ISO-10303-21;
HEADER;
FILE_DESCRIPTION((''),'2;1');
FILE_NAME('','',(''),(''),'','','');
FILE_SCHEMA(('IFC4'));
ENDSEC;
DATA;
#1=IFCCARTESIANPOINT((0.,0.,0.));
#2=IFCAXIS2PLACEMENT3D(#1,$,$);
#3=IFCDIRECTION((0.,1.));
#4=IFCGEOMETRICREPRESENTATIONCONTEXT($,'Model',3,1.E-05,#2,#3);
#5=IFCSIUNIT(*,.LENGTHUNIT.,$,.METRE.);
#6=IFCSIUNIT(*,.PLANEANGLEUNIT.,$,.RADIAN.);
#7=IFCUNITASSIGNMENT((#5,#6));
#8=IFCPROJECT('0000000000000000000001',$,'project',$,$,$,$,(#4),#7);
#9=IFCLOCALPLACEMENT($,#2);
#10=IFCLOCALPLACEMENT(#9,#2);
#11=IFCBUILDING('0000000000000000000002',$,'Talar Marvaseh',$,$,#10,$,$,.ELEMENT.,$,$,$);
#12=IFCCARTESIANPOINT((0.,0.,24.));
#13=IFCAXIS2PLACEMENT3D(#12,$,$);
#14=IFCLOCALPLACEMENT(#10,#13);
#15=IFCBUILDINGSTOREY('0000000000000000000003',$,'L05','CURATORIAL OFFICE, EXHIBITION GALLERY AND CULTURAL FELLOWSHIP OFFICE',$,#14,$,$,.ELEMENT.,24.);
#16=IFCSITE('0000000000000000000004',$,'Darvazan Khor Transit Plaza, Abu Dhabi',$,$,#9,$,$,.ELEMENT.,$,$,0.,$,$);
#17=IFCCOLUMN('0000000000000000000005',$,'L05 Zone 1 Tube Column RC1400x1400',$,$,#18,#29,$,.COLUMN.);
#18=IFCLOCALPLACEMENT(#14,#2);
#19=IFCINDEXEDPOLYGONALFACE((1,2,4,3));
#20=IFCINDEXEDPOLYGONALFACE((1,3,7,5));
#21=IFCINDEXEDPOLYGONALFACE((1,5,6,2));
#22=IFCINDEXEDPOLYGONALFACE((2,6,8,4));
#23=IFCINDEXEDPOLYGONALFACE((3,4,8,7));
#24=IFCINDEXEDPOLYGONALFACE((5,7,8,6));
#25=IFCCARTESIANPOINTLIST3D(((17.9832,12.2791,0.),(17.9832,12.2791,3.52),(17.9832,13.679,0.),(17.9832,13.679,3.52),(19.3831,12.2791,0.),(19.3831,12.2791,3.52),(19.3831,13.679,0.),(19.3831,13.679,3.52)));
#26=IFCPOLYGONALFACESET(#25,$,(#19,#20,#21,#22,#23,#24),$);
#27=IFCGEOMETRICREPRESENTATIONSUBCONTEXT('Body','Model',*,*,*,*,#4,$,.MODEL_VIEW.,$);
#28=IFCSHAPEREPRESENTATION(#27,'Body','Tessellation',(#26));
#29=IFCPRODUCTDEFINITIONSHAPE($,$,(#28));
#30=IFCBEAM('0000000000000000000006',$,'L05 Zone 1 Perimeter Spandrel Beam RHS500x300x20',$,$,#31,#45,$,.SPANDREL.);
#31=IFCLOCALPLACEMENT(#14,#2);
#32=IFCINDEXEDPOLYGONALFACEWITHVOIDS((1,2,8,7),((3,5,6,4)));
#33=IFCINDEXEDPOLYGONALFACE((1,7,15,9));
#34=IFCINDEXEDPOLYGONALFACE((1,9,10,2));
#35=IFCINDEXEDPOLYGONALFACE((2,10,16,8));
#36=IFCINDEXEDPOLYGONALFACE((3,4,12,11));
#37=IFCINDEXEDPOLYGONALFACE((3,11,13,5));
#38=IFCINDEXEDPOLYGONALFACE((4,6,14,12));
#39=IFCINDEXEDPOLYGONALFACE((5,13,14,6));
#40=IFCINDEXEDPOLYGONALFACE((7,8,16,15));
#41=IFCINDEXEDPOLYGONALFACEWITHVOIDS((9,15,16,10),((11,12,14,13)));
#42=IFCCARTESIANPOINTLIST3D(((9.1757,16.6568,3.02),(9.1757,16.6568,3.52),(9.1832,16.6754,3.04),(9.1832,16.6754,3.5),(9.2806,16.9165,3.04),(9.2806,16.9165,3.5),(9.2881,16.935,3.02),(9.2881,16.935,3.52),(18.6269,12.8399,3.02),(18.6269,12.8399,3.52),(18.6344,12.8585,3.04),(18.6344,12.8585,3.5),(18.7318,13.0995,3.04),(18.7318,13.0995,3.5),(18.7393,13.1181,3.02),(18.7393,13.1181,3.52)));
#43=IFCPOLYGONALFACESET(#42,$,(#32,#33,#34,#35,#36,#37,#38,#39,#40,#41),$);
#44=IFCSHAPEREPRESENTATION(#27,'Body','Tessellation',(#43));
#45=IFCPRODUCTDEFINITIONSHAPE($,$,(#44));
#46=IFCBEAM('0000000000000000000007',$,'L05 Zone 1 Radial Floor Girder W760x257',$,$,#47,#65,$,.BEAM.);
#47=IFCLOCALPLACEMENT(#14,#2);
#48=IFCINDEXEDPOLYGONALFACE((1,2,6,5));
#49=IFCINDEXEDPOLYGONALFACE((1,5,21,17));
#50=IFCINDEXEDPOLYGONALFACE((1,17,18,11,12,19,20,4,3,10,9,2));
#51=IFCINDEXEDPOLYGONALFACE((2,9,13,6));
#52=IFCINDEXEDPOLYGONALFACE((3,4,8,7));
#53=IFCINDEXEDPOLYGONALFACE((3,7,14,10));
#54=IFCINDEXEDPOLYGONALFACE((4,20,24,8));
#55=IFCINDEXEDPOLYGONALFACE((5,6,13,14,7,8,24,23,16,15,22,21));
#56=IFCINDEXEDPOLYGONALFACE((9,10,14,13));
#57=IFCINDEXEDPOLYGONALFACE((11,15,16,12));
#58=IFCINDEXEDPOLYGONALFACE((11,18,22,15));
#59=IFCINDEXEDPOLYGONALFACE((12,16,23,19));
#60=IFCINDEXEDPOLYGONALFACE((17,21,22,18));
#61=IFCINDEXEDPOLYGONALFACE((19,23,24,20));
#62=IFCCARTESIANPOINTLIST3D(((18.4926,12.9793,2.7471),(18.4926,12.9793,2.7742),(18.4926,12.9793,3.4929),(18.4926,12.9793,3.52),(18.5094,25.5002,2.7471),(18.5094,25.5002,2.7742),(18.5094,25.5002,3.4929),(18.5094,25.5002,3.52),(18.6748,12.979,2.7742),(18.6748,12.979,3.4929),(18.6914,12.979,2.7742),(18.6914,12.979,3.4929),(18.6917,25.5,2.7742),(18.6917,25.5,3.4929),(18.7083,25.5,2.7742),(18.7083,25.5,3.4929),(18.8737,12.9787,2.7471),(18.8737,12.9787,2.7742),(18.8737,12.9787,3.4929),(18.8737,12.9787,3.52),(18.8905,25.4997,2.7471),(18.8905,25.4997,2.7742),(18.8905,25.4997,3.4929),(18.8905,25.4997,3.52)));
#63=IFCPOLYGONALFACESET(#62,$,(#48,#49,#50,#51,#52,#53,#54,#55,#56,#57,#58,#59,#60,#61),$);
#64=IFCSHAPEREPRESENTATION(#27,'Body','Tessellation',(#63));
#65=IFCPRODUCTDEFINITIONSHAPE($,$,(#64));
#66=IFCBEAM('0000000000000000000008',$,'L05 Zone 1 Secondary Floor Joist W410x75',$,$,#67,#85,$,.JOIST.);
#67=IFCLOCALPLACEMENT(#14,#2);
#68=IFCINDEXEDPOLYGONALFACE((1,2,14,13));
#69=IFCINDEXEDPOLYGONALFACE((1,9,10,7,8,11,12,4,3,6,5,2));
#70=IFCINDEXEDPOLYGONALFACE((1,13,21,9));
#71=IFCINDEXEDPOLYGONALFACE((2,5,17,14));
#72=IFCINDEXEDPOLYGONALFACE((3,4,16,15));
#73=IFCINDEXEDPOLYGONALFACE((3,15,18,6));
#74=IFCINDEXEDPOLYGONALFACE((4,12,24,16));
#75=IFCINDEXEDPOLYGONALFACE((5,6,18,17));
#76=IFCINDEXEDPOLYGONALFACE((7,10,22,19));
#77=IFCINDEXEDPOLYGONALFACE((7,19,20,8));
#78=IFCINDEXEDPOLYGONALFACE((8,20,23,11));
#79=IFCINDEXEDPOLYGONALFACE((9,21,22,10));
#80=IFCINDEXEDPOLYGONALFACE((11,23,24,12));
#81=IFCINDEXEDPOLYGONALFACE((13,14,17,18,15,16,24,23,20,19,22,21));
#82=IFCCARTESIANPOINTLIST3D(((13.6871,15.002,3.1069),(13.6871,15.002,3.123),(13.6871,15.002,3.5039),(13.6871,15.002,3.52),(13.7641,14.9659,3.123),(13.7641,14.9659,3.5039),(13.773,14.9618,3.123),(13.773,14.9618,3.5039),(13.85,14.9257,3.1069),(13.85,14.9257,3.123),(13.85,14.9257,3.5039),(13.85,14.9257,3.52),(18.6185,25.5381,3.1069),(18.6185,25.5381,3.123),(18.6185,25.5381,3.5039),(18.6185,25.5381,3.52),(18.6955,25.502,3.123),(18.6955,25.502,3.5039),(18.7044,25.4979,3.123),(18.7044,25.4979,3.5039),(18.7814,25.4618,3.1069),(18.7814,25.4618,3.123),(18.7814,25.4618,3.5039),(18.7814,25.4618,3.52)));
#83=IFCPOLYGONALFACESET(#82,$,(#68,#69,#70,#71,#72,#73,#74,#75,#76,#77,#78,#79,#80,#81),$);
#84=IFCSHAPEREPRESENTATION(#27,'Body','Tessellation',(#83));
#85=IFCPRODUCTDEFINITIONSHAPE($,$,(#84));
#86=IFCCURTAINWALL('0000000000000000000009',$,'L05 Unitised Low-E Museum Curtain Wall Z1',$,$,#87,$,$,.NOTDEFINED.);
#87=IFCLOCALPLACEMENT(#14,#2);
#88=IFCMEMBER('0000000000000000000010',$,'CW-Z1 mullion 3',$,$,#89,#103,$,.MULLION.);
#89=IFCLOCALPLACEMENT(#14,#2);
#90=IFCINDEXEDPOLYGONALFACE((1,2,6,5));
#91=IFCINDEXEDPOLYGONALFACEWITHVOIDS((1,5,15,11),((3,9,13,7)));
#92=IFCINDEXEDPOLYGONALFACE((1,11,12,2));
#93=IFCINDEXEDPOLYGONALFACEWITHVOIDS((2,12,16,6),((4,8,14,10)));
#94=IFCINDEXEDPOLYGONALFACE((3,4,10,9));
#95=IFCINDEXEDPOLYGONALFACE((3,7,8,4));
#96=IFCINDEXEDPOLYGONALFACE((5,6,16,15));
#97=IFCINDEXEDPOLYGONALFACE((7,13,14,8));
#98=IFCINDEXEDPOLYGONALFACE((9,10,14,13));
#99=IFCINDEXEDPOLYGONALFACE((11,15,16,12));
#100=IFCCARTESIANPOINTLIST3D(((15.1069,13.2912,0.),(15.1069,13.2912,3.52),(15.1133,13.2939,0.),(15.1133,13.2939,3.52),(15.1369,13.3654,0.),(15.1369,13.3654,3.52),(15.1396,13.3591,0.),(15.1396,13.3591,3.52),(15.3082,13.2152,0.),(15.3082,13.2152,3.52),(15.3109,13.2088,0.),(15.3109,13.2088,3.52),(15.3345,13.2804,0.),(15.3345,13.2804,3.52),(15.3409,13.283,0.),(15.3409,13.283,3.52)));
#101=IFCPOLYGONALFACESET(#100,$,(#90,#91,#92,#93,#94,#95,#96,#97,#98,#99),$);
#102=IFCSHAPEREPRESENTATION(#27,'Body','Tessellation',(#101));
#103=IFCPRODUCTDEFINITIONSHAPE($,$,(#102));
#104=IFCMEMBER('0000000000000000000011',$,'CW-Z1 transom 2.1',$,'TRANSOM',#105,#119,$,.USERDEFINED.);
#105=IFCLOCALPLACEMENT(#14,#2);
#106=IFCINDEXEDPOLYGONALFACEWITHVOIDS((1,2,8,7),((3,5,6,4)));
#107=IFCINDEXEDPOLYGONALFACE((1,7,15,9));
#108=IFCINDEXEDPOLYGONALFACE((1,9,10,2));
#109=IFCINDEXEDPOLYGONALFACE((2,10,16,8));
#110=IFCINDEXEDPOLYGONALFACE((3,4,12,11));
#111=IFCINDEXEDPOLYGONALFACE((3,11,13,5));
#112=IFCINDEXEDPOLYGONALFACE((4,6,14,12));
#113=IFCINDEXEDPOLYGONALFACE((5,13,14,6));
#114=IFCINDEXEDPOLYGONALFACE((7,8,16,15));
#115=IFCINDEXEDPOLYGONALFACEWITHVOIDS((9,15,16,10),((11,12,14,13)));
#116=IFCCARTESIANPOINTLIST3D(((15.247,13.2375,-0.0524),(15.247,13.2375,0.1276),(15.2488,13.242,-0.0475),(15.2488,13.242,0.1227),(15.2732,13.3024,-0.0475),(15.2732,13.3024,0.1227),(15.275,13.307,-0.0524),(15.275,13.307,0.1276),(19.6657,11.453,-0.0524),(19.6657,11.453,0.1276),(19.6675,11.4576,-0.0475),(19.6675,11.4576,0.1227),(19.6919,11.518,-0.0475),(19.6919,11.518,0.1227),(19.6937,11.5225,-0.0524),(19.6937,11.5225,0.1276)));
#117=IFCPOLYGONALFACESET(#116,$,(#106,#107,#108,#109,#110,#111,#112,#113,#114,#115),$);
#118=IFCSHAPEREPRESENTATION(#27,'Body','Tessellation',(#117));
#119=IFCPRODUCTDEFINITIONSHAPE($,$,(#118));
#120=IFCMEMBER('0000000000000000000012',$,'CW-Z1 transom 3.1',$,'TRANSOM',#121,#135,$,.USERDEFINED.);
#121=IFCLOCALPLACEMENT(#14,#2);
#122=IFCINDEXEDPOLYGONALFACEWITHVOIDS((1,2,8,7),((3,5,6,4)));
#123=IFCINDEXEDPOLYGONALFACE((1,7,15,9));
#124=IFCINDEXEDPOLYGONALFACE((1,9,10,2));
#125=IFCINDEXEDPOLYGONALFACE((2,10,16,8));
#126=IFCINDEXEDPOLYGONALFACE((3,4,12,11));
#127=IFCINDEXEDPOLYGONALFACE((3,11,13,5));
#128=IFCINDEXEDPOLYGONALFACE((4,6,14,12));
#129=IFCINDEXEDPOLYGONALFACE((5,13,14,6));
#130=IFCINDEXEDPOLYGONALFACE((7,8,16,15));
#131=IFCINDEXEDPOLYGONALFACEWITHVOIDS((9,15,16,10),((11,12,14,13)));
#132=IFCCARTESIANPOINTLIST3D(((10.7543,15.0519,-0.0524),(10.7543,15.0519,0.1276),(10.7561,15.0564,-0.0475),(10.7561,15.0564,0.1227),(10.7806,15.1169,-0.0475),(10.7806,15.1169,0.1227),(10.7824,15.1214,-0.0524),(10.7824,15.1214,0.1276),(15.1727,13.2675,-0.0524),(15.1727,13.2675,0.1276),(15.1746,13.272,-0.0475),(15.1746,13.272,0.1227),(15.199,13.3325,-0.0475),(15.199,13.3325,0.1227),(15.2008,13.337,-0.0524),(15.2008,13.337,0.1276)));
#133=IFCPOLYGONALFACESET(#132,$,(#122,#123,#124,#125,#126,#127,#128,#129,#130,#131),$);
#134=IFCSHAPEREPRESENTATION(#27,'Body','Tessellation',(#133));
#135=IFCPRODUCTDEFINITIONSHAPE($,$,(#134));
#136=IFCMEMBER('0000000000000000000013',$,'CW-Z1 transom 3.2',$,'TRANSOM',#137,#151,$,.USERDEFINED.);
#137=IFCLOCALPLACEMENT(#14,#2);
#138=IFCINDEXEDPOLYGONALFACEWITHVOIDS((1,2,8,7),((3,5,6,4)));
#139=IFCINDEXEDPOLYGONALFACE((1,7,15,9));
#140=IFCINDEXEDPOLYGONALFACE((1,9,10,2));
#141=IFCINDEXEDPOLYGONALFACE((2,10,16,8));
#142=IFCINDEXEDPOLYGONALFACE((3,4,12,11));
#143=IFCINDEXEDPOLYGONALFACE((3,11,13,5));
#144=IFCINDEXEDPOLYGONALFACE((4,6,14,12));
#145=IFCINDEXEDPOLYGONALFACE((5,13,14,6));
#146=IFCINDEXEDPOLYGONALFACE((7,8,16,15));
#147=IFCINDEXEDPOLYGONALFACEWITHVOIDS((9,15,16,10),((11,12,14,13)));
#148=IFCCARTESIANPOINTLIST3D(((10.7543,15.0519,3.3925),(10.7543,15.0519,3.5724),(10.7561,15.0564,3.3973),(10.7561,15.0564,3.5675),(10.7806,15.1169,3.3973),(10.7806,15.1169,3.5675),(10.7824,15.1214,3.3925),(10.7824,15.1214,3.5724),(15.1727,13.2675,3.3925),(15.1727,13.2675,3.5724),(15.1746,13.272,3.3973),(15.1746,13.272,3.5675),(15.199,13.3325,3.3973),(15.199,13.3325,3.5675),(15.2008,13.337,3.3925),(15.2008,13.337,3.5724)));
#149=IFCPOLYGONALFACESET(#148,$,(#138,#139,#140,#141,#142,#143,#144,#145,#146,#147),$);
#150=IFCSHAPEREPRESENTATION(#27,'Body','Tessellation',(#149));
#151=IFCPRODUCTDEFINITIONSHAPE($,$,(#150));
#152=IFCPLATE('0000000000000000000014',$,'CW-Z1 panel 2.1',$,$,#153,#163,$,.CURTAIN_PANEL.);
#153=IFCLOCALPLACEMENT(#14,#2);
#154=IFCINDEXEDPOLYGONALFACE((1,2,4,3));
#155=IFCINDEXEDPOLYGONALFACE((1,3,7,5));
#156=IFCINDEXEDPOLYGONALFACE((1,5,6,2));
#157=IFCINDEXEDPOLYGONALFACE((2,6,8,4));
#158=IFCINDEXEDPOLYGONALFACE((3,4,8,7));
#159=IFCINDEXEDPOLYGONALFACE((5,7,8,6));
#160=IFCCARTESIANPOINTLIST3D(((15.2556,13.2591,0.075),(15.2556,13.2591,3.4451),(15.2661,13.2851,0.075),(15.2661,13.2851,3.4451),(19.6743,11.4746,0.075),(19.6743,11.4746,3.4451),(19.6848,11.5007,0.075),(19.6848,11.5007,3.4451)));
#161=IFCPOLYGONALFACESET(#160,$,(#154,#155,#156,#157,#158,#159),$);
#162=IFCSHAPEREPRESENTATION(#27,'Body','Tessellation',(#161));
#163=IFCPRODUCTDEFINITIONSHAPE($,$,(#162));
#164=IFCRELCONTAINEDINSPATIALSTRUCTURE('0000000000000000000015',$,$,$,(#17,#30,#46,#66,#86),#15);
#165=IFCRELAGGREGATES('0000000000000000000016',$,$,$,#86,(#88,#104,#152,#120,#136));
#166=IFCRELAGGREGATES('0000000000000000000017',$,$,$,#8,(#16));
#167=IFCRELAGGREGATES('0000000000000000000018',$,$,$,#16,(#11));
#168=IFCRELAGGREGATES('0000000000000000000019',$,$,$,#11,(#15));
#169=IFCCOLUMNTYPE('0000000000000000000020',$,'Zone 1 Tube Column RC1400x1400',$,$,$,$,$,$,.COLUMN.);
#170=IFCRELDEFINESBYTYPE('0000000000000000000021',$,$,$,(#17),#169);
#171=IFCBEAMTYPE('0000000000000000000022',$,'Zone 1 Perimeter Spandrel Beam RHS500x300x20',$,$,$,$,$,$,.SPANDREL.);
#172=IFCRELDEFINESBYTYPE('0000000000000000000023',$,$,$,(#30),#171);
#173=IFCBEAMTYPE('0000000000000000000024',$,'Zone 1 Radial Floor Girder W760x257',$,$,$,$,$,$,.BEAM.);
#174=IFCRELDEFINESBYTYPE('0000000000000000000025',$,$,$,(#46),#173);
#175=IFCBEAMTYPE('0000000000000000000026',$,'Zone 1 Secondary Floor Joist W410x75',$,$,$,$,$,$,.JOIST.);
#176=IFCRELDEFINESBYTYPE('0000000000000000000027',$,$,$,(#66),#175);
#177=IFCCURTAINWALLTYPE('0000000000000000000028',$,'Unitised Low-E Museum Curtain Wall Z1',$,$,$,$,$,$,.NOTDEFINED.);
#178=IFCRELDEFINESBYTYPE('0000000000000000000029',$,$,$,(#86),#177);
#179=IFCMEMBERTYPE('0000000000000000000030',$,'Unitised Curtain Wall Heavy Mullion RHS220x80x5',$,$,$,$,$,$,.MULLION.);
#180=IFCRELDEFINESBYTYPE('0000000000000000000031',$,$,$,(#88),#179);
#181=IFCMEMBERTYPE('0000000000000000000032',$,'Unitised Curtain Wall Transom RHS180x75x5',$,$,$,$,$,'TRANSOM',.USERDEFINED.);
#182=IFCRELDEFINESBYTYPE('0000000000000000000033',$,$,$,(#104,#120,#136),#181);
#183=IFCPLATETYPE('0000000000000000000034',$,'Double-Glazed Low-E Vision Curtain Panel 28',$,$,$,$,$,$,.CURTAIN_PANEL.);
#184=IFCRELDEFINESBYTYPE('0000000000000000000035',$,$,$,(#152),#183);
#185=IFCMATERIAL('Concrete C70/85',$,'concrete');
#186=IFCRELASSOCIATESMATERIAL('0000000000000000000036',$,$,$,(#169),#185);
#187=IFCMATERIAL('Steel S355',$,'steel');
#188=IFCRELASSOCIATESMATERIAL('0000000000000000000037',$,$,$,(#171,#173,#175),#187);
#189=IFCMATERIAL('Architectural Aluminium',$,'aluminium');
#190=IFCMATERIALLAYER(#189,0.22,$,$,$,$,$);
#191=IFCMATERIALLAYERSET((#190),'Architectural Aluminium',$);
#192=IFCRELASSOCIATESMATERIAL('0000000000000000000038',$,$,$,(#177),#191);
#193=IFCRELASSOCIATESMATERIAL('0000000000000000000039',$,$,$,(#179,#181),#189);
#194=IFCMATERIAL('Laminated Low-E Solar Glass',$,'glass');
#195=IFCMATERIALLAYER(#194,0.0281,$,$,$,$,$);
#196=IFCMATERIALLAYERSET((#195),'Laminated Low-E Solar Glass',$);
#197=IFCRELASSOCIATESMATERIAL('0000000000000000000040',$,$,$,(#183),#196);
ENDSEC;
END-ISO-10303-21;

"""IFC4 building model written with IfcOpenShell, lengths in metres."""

from ifc_helpers import new_model, si_unit, direction, frame, origin, origin_2d, place, context, subcontext, project, spatial, rectangle, hollow_rectangle, i_section, extrude, source, transform, mapped, material, layer, layer_set, material_profile, profile_set, type_object, type_shapes, element, aggregate, save


model = new_model("IFC4")

# Units and contexts
model_context = context("Model", 3, precision=1e-05, world=origin(), true_north=direction((0.0, 1.0)))
body_context = subcontext(model_context, "Body", "Model", "MODEL_VIEW")
ifc_project = project(units=[si_unit("LENGTHUNIT", "METRE"), si_unit("PLANEANGLEUNIT", "RADIAN")], contexts=[model_context])

# Site, building, storey
site_placement = place(None, origin())
site = spatial("IfcSite", under=ifc_project, at=site_placement, Name="Darvazan Khor Transit Plaza, Abu Dhabi", CompositionType="ELEMENT", RefElevation=0.0)
building_placement = place(site_placement, origin())
building = spatial("IfcBuilding", under=site, at=building_placement, Name="Talar Marvaseh", CompositionType="ELEMENT")
storey_placement = place(building_placement, frame((0.0, 0.0, 24.0)))
storey = spatial("IfcBuildingStorey", under=building, at=storey_placement, Name="L05", Description="CURATORIAL OFFICE, EXHIBITION GALLERY AND CULTURAL FELLOWSHIP OFFICE", CompositionType="ELEMENT", Elevation=24.0)

# Column
ifc_material_1 = material(Name="Concrete C70/85", Category="concrete")
ifc_material_profile_1 = material_profile(ifc_material_1, rectangle(XDim=1.3999, YDim=1.3999, at=origin_2d()), Name="RC1400x1400")
ifc_profile_set_1 = profile_set([ifc_material_profile_1], Name="Concrete C70/85")
column_type = type_object("IfcColumnType", Name="Zone 1 Tube Column RC1400x1400", PredefinedType="COLUMN", material=ifc_profile_set_1)
column_placement = place(storey_placement, frame((18.6831, 12.979, 0.0), z_axis=(0.0, 0.0, 1.0), x_axis=(1.0, 0.0, 0.0)))
element("IfcColumn", 1, at=column_placement, inside=storey, type_object=column_type, Name="L05 Zone 1 Tube Column RC1400x1400", PredefinedType="COLUMN", context=body_context, shape_type="SweptSolid", body=[
    extrude(rectangle(XDim=1.3999, YDim=1.3999, at=origin_2d()), origin(), (0.0, 0.0, 1.0), 3.52),
])

# Beams
ifc_material_2 = material(Name="Steel S355", Category="steel")
ifc_material_profile_2 = material_profile(ifc_material_2, hollow_rectangle(XDim=0.3, YDim=0.5, WallThickness=0.02, at=origin_2d()), Name="RHS500x300x20")
ifc_profile_set_2 = profile_set([ifc_material_profile_2], Name="Steel S355")
beam_type_1 = type_object("IfcBeamType", Name="Zone 1 Perimeter Spandrel Beam RHS500x300x20", PredefinedType="SPANDREL", material=ifc_profile_set_2)
beam_1_placement = place(storey_placement, frame((18.6831, 12.979, 3.27), z_axis=(-0.927239, 0.374469, 0.0), x_axis=(-0.374469, -0.927239, 0.0)))
element("IfcBeam", 2, at=beam_1_placement, inside=storey, type_object=beam_type_1, Name="L05 Zone 1 Perimeter Spandrel Beam RHS500x300x20", PredefinedType="SPANDREL", context=body_context, shape_type="SweptSolid", body=[
    extrude(hollow_rectangle(XDim=0.3, YDim=0.5, WallThickness=0.02, at=origin_2d()), origin(), (0.0, 0.0, 1.0), 10.1929),
])
ifc_material_profile_3 = material_profile(ifc_material_2, i_section(OverallWidth=0.3811, OverallDepth=0.7729, WebThickness=0.0166, FlangeThickness=0.0271, at=origin_2d()), Name="W760x257")
ifc_profile_set_3 = profile_set([ifc_material_profile_3], Name="Steel S355")
beam_type_2 = type_object("IfcBeamType", Name="Zone 1 Radial Floor Girder W760x257", PredefinedType="BEAM", material=ifc_profile_set_3)
beam_2_placement = place(storey_placement, frame((18.6831, 12.979, 3.1335), z_axis=(0.001345, 0.999999, 0.0), x_axis=(-0.999999, 0.001345, 0.0)))
element("IfcBeam", 3, at=beam_2_placement, inside=storey, type_object=beam_type_2, Name="L05 Zone 1 Radial Floor Girder W760x257", PredefinedType="BEAM", context=body_context, shape_type="SweptSolid", body=[
    extrude(i_section(OverallWidth=0.3811, OverallDepth=0.7729, WebThickness=0.0166, FlangeThickness=0.0271, at=origin_2d()), origin(), (0.0, 0.0, 1.0), 12.521),
])
ifc_material_profile_4 = material_profile(ifc_material_2, i_section(OverallWidth=0.1799, OverallDepth=0.4131, WebThickness=0.0098, FlangeThickness=0.0161, at=origin_2d()), Name="W410x75")
ifc_profile_set_4 = profile_set([ifc_material_profile_4], Name="Steel S355")
beam_type_3 = type_object("IfcBeamType", Name="Zone 1 Secondary Floor Joist W410x75", PredefinedType="JOIST", material=ifc_profile_set_4)
beam_3_placement = place(storey_placement, frame((13.7686, 14.9639, 3.3135), z_axis=(0.423911, 0.905704, 0.0), x_axis=(-0.905704, 0.423911, 0.0)))
element("IfcBeam", 4, at=beam_3_placement, inside=storey, type_object=beam_type_3, Name="L05 Zone 1 Secondary Floor Joist W410x75", PredefinedType="JOIST", context=body_context, shape_type="SweptSolid", body=[
    extrude(i_section(OverallWidth=0.1799, OverallDepth=0.4131, WebThickness=0.0098, FlangeThickness=0.0161, at=origin_2d()), origin(), (0.0, 0.0, 1.0), 11.6331),
])

# Curtain wall, members, plate
ifc_material_3 = material(Name="Architectural Aluminium", Category="aluminium")
ifc_layer_1 = layer(ifc_material_3, 0.22)
ifc_layer_set_1 = layer_set([ifc_layer_1], Name="Architectural Aluminium")
curtain_wall_type = type_object("IfcCurtainWallType", Name="Unitised Low-E Museum Curtain Wall Z1", PredefinedType="NOTDEFINED", material=ifc_layer_set_1)
curtain_wall_placement = place(storey_placement, origin())
curtain_wall = element("IfcCurtainWall", 5, at=curtain_wall_placement, inside=storey, type_object=curtain_wall_type, Name="L05 Unitised Low-E Museum Curtain Wall Z1", PredefinedType="NOTDEFINED")
ifc_material_profile_5 = material_profile(ifc_material_3, hollow_rectangle(XDim=0.0801, YDim=0.22, WallThickness=0.0049, at=origin_2d()), Name="RHS220x80x5")
ifc_profile_set_5 = profile_set([ifc_material_profile_5], Name="Architectural Aluminium")
member_type_1 = type_object("IfcMemberType", Name="Unitised Curtain Wall Heavy Mullion RHS220x80x5", PredefinedType="MULLION", material=ifc_profile_set_5)
shared_shape_1 = source(origin(), body_context, "Body", "SweptSolid", [
    extrude(hollow_rectangle(XDim=0.0801, YDim=0.22, WallThickness=0.0049, at=origin_2d()), origin(), (0.0, 0.0, 1.0), 3.52),
])
type_shapes(member_type_1, [shared_shape_1])
member_1_placement = place(storey_placement, frame((15.2239, 13.2871, 0.0), z_axis=(0.0, 0.0, 1.0), x_axis=(-0.374463, -0.927242, 0.0)))
member_1 = element("IfcMember", 6, at=member_1_placement, type_object=member_type_1, Name="CW-Z1 mullion 3", PredefinedType="MULLION", context=body_context, shape_type="MappedRepresentation", body=[
    mapped(shared_shape_1, transform((0.0, 0.0, 0.0), x_axis=(1.0, 0.0, 0.0), y_axis=(0.0, 1.0, 0.0), z_axis=(0.0, 0.0, 1.0), scale=1.0)),
])
ifc_material_profile_6 = material_profile(ifc_material_3, hollow_rectangle(XDim=0.075, YDim=0.1799, WallThickness=0.0049, at=origin_2d()), Name="RHS180x75x5")
ifc_profile_set_6 = profile_set([ifc_material_profile_6], Name="Architectural Aluminium")
member_type_2 = type_object("IfcMemberType", Name="Unitised Curtain Wall Transom RHS180x75x5", ElementType="TRANSOM", PredefinedType="USERDEFINED", material=ifc_profile_set_6)
shared_shape_2 = source(origin(), body_context, "Body", "SweptSolid", [
    extrude(hollow_rectangle(XDim=0.075, YDim=0.1799, WallThickness=0.0049, at=origin_2d()), origin(), (0.0, 0.0, 1.0), 4.7654),
])
member_2_placement = place(storey_placement, frame((19.6797, 11.4878, 0.0376), z_axis=(-0.927246, 0.374454, 0.0), x_axis=(-0.374454, -0.927246, 0.0)))
member_2 = element("IfcMember", 7, at=member_2_placement, type_object=member_type_2, Name="CW-Z1 transom 2.1", ObjectType="TRANSOM", PredefinedType="USERDEFINED", context=body_context, shape_type="MappedRepresentation", body=[
    mapped(shared_shape_2, transform((0.0, 0.0, 0.0), x_axis=(1.0, 0.0, 0.0), y_axis=(0.0, 1.0, 0.0), z_axis=(0.0, 0.0, 1.0), scale=1.0)),
])
shared_shape_3 = source(origin(), body_context, "Body", "SweptSolid", [
    extrude(hollow_rectangle(XDim=0.075, YDim=0.1799, WallThickness=0.0049, at=origin_2d()), origin(), (0.0, 0.0, 1.0), 4.7651),
])
type_shapes(member_type_2, [shared_shape_2, shared_shape_3])
member_3_placement = place(storey_placement, frame((15.1868, 13.3022, 0.0376), z_axis=(-0.927238, 0.374472, 0.0), x_axis=(-0.374472, -0.927238, 0.0)))
member_3 = element("IfcMember", 8, at=member_3_placement, type_object=member_type_2, Name="CW-Z1 transom 3.1", ObjectType="TRANSOM", PredefinedType="USERDEFINED", context=body_context, shape_type="MappedRepresentation", body=[
    mapped(shared_shape_3, transform((0.0, 0.0, 0.0), x_axis=(1.0, 0.0, 0.0), y_axis=(0.0, 1.0, 0.0), z_axis=(0.0, 0.0, 1.0), scale=1.0)),
])
member_4_placement = place(storey_placement, frame((15.1868, 13.3022, 3.4824), z_axis=(-0.927238, 0.374472, 0.0), x_axis=(-0.374472, -0.927238, 0.0)))
member_4 = element("IfcMember", 9, at=member_4_placement, type_object=member_type_2, Name="CW-Z1 transom 3.2", ObjectType="TRANSOM", PredefinedType="USERDEFINED", context=body_context, shape_type="MappedRepresentation", body=[
    mapped(shared_shape_3, transform((0.0, 0.0, 0.0), x_axis=(1.0, 0.0, 0.0), y_axis=(0.0, 1.0, 0.0), z_axis=(0.0, 0.0, 1.0), scale=1.0)),
])
ifc_material_4 = material(Name="Laminated Low-E Solar Glass", Category="glass")
ifc_layer_2 = layer(ifc_material_4, 0.0281)
ifc_layer_set_2 = layer_set([ifc_layer_2], Name="Laminated Low-E Solar Glass")
plate_type = type_object("IfcPlateType", Name="Double-Glazed Low-E Vision Curtain Panel 28", PredefinedType="CURTAIN_PANEL", material=ifc_layer_set_2)
shared_shape_4 = source(origin(), body_context, "Body", "SweptSolid", [
    extrude(rectangle(XDim=4.7654, YDim=0.0281, at=origin_2d()), origin(), (0.0, 0.0, 1.0), 3.3701),
])
type_shapes(plate_type, [shared_shape_4])
plate_1_placement = place(storey_placement, frame((17.4702, 12.3799, 0.075), z_axis=(0.0, 0.0, 1.0), x_axis=(-0.927242, 0.374463, 0.0)))
plate_1 = element("IfcPlate", 10, at=plate_1_placement, type_object=plate_type, Name="CW-Z1 panel 2.1", PredefinedType="CURTAIN_PANEL", context=body_context, shape_type="MappedRepresentation", body=[
    mapped(shared_shape_4, transform((0.0, 0.0, 0.0), x_axis=(1.0, 0.0, 0.0), y_axis=(0.0, 1.0, 0.0), z_axis=(0.0, 0.0, 1.0), scale=1.0)),
])
aggregate(curtain_wall, [member_1, member_2, plate_1, member_3, member_4])

save(model, "model.ifc")
